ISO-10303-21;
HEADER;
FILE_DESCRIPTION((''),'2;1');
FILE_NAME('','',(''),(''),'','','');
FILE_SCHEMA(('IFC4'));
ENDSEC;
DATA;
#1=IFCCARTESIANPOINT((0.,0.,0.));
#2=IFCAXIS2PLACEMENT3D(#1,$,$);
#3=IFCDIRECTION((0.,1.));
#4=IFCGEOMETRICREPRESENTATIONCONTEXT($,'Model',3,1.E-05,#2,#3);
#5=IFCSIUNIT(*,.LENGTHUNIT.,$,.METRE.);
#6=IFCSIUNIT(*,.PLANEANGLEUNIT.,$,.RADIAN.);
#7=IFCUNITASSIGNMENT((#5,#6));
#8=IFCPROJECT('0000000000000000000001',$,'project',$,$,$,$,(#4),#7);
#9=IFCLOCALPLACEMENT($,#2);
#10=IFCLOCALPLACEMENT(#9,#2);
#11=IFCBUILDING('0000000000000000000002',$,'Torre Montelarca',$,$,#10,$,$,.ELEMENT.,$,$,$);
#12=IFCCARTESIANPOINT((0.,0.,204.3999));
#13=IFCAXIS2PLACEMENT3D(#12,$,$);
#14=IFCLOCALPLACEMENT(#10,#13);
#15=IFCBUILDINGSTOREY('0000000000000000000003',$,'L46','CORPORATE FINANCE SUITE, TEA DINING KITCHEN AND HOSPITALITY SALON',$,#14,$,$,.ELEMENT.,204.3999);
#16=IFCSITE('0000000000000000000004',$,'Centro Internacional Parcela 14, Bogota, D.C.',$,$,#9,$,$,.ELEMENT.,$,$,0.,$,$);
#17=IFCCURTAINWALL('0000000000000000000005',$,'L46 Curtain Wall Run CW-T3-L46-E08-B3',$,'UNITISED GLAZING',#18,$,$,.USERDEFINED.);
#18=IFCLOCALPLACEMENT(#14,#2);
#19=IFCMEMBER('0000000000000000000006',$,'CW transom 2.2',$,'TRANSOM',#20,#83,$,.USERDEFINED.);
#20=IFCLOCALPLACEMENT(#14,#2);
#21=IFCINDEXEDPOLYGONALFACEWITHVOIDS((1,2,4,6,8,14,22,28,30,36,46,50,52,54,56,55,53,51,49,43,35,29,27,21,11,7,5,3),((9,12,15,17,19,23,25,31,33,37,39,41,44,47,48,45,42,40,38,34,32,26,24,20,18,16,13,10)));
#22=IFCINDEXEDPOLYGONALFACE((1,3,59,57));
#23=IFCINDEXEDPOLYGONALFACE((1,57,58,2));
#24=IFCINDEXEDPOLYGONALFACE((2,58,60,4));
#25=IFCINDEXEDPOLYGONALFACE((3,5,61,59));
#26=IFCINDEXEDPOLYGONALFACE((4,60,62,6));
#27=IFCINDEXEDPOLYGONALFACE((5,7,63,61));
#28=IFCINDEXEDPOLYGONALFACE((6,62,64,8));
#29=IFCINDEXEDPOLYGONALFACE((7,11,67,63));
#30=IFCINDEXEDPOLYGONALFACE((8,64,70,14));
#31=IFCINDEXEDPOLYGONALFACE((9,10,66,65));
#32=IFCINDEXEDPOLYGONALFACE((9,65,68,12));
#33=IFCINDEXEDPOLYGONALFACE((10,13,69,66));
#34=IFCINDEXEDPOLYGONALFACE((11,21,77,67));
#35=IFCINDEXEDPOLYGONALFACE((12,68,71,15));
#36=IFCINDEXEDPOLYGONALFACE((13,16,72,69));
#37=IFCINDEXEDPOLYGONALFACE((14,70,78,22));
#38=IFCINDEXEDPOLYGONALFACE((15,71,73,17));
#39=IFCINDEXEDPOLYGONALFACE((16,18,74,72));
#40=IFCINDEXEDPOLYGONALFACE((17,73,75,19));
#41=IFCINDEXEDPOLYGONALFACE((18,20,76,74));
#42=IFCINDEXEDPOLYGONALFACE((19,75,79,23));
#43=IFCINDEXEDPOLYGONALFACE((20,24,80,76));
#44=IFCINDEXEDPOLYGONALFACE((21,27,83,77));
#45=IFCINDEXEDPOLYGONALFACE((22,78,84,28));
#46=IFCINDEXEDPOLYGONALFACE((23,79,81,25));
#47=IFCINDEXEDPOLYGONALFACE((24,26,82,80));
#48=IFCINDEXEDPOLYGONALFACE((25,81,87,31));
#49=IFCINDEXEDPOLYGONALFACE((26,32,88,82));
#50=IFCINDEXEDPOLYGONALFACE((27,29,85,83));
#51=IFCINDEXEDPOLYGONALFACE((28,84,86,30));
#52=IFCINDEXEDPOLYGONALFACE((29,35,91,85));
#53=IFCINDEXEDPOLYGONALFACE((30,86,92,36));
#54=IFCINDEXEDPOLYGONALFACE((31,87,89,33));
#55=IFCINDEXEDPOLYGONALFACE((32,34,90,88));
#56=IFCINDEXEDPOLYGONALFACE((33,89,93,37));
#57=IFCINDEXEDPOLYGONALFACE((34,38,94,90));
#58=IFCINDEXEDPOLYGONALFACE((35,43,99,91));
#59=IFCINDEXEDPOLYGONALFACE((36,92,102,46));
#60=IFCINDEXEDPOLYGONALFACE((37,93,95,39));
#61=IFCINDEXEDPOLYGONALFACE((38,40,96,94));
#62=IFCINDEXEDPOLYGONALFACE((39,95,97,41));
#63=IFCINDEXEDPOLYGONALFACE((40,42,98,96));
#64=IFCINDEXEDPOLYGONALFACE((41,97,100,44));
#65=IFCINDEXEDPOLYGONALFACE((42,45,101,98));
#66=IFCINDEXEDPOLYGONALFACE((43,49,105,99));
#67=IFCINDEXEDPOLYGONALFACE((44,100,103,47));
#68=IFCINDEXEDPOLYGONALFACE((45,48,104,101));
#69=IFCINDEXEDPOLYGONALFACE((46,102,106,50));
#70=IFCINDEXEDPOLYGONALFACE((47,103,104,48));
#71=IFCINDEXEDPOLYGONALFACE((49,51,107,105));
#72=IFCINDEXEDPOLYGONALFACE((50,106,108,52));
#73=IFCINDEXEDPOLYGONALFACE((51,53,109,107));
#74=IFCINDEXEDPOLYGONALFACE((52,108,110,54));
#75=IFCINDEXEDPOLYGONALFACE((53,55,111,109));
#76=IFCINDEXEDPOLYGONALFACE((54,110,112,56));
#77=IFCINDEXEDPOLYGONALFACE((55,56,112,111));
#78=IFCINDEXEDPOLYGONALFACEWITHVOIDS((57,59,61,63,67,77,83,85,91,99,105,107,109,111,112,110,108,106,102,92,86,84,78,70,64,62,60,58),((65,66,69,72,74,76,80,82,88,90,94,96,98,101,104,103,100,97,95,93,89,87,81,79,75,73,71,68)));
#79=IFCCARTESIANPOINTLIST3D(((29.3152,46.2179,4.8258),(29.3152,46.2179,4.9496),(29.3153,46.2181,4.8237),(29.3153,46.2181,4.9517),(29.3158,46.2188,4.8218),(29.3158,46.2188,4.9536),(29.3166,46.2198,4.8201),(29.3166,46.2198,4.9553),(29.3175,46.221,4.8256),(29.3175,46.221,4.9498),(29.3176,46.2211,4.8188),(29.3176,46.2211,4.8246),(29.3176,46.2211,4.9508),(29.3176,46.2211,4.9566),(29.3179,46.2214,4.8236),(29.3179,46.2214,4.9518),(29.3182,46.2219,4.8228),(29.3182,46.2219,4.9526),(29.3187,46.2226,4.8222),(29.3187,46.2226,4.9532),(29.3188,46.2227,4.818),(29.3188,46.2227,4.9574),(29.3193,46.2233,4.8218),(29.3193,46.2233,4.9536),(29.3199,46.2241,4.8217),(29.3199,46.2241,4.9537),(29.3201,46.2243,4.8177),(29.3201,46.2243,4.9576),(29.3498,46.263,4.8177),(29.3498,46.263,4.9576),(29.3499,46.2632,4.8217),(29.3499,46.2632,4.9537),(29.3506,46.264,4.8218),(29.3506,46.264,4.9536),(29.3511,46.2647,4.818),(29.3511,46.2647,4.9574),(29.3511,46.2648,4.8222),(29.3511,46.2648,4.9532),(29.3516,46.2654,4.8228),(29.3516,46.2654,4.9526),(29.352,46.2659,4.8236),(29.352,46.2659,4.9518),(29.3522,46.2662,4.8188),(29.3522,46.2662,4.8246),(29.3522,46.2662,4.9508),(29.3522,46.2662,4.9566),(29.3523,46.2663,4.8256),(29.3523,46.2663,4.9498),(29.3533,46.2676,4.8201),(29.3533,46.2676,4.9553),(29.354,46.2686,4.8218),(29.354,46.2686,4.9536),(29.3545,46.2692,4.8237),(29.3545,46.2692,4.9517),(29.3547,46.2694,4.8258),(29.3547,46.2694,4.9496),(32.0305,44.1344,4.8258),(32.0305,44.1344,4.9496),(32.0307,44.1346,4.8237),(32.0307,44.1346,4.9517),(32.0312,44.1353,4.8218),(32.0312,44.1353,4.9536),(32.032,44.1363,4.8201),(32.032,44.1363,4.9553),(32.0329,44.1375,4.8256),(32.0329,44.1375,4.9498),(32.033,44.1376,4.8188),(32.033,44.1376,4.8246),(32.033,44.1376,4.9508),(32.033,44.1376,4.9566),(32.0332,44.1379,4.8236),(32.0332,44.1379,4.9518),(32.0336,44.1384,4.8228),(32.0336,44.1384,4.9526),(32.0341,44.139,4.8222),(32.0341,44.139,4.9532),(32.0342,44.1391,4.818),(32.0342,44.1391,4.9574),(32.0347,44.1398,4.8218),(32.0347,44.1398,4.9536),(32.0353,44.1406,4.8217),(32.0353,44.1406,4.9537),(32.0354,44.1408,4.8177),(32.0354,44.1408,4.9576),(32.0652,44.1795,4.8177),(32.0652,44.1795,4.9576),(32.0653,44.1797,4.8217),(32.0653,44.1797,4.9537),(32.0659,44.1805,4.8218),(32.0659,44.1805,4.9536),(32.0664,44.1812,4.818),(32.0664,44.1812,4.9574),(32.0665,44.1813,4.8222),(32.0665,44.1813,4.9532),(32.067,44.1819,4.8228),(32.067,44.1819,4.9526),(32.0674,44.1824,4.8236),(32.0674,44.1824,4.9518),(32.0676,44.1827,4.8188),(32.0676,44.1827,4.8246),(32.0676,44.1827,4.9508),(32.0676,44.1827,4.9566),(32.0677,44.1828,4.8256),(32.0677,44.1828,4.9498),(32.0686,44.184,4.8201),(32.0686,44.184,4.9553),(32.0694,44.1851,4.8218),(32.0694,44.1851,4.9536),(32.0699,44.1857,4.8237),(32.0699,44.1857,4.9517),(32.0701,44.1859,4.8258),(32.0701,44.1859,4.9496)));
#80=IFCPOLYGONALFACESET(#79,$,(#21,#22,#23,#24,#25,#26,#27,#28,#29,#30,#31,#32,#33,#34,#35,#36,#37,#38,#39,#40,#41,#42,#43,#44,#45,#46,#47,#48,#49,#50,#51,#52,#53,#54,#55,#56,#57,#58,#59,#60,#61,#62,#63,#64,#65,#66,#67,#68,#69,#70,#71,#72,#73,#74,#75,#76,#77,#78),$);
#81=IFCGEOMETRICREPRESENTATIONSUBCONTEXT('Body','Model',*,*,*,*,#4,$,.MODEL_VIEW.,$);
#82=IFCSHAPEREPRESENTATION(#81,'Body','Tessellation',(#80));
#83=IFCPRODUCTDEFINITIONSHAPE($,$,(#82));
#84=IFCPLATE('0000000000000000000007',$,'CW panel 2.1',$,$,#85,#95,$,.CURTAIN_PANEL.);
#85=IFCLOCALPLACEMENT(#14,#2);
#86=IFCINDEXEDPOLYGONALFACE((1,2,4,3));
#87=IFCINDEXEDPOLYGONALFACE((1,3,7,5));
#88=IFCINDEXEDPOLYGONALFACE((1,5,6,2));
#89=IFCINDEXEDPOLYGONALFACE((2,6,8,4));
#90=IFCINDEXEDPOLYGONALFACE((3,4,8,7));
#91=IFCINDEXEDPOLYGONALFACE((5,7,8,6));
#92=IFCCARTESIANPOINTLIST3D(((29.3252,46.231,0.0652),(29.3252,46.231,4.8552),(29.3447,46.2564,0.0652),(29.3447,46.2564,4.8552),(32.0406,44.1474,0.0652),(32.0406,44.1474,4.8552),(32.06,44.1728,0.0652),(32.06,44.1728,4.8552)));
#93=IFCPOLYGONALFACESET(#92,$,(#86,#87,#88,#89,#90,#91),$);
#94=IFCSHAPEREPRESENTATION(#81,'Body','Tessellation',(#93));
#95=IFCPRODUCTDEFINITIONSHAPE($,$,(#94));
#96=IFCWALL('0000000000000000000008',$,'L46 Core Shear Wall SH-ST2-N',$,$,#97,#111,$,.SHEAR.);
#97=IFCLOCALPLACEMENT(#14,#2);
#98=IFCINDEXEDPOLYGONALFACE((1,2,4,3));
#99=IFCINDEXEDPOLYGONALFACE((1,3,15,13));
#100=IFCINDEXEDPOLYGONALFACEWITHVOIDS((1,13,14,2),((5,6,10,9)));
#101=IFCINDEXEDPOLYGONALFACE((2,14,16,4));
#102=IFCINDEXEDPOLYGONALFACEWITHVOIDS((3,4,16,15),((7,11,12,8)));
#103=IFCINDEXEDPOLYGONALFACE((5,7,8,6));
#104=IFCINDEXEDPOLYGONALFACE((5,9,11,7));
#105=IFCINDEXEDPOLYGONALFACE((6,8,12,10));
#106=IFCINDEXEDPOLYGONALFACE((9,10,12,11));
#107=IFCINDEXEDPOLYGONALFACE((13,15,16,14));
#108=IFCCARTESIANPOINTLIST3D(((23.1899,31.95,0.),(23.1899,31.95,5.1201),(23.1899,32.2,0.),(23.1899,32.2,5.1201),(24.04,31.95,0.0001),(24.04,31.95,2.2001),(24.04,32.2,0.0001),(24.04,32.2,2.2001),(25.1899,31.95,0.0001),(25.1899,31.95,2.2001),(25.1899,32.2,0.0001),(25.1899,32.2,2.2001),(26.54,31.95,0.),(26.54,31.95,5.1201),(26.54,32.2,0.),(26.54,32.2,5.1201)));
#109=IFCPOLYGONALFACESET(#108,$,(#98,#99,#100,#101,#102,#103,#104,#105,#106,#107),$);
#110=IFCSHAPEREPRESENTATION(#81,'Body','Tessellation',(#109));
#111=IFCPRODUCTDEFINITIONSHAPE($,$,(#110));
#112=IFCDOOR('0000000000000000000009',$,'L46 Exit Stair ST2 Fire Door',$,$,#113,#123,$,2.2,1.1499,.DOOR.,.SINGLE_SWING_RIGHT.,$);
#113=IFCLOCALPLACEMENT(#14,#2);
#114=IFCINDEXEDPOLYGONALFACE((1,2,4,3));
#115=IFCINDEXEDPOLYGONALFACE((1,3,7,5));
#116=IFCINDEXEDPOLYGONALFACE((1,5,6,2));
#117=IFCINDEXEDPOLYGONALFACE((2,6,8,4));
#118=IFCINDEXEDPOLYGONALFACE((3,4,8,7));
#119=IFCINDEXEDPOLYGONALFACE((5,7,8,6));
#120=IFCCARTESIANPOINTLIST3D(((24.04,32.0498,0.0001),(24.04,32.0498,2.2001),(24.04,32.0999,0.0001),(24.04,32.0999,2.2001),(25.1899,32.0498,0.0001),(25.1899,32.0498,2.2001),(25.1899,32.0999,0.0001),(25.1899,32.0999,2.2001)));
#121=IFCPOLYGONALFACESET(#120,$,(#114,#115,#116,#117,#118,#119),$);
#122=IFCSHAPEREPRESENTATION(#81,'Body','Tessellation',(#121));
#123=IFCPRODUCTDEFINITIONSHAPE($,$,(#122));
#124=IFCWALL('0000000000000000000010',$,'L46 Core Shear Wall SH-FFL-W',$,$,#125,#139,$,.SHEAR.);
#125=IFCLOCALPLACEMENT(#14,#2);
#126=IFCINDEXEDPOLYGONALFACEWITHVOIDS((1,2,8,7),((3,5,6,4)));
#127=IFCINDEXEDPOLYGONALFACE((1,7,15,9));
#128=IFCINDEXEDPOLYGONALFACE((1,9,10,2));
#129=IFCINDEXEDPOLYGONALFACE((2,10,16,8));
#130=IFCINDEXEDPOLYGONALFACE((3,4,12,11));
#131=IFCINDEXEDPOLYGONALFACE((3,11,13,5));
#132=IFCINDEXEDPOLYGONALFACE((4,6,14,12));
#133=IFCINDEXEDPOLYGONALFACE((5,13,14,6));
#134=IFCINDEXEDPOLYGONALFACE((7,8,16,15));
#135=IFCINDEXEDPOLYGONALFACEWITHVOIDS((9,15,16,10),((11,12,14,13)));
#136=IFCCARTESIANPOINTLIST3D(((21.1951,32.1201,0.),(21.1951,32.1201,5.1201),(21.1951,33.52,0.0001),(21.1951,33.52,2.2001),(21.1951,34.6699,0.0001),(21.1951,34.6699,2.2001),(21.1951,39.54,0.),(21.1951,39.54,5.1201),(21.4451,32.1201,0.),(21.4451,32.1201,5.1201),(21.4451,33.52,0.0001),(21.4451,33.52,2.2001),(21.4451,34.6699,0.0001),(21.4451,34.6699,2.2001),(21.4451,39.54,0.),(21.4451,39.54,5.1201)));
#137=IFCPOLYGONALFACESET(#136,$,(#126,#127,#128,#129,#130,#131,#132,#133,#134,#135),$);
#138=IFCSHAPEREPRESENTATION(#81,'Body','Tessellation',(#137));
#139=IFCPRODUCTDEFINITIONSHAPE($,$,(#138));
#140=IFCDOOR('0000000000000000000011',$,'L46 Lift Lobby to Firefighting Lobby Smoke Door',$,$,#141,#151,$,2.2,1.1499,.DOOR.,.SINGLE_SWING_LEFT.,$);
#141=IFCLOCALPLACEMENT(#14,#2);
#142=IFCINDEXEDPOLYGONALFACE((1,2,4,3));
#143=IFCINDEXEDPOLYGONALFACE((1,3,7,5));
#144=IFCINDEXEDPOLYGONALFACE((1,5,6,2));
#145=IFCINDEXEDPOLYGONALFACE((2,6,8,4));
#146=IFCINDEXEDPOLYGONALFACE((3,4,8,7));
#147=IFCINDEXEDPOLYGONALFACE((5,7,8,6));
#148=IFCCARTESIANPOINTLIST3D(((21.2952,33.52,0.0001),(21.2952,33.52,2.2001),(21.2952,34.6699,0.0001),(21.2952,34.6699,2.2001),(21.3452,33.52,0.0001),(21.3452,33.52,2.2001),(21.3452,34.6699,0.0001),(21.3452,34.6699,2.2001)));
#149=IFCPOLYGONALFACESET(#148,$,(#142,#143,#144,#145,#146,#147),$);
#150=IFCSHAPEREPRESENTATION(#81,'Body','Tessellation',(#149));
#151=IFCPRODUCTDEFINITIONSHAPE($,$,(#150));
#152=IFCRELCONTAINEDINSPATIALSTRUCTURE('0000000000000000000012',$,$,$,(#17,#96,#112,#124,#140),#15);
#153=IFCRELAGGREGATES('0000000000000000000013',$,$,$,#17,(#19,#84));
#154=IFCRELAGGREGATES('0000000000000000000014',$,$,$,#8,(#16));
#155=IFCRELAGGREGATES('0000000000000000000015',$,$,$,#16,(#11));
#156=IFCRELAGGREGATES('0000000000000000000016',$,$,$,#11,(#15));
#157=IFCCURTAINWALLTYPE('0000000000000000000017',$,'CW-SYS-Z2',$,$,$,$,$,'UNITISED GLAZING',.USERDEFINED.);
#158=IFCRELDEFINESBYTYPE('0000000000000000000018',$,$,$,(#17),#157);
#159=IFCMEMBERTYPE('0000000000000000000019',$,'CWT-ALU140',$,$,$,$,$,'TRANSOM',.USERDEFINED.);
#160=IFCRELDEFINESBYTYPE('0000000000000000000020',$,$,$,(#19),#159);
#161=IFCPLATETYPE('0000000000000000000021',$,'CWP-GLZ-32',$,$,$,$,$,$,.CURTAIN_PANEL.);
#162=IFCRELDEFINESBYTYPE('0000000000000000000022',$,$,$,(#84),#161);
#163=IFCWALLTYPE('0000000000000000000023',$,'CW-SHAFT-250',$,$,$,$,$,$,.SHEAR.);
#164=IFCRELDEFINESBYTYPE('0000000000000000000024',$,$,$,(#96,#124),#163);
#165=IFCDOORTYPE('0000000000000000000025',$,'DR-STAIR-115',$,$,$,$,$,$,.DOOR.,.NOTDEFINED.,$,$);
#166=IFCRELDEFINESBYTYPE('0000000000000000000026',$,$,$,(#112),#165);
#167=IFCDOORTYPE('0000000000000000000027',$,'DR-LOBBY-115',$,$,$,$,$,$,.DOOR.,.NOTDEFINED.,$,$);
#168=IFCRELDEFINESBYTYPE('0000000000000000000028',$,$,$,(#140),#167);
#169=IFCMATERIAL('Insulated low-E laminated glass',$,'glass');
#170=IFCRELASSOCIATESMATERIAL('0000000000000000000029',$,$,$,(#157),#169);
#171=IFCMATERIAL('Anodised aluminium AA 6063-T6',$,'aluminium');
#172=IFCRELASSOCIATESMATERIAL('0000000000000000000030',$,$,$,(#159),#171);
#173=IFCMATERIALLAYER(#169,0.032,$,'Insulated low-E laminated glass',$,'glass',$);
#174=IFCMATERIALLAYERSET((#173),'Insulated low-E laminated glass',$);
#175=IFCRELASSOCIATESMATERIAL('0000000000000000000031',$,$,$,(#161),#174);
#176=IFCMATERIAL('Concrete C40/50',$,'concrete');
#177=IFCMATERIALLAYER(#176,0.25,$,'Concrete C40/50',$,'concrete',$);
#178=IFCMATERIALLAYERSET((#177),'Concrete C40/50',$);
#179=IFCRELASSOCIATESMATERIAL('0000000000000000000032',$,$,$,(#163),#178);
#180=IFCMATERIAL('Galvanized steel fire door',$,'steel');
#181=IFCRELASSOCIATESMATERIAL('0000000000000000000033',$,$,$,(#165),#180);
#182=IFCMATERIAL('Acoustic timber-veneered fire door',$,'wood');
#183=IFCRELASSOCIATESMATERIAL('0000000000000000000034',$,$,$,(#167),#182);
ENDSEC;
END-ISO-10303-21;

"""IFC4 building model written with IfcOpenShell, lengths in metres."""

from ifc_helpers import new_model, si_unit, direction, frame, frame_2d, origin, origin_2d, place, context, subcontext, project, spatial, rectangle, hollow_rectangle, extrude, source, transform, mapped, material, layer, layer_set, material_profile, profile_set, type_object, element, fill, aggregate, save


model = new_model("IFC4")

# Units and contexts
model_context = context("Model", 3, precision=1e-05, world=origin(), true_north=direction((0.0, 1.0)))
body_context = subcontext(model_context, "Body", "Model", "MODEL_VIEW")
ifc_project = project(units=[si_unit("LENGTHUNIT", "METRE"), si_unit("PLANEANGLEUNIT", "RADIAN")], contexts=[model_context])

# Site, building, storey
site_placement = place(None, origin())
site = spatial("IfcSite", under=ifc_project, at=site_placement, Name="Centro Internacional Parcela 14, Bogota, D.C.", CompositionType="ELEMENT", RefElevation=0.0)
building_placement = place(site_placement, origin())
building = spatial("IfcBuilding", under=site, at=building_placement, Name="Torre Montelarca", CompositionType="ELEMENT")
storey_placement = place(building_placement, frame((0.0, 0.0, 204.3999)))
storey = spatial("IfcBuildingStorey", under=building, at=storey_placement, Name="L46", Description="CORPORATE FINANCE SUITE, TEA DINING KITCHEN AND HOSPITALITY SALON", CompositionType="ELEMENT", Elevation=204.3999)

# Curtain wall, member, plate
ifc_material_1 = material(Name="Insulated low-E laminated glass", Category="glass")
curtain_wall_type = type_object("IfcCurtainWallType", Name="CW-SYS-Z2", ElementType="UNITISED GLAZING", PredefinedType="USERDEFINED", material=ifc_material_1)
curtain_wall_placement = place(storey_placement, origin())
curtain_wall = element("IfcCurtainWall", 1, at=curtain_wall_placement, inside=storey, type_object=curtain_wall_type, Name="L46 Curtain Wall Run CW-T3-L46-E08-B3", ObjectType="UNITISED GLAZING", PredefinedType="USERDEFINED")
ifc_material_2 = material(Name="Anodised aluminium AA 6063-T6", Category="aluminium")
ifc_material_profile_1 = material_profile(ifc_material_2, hollow_rectangle(XDim=0.0649, YDim=0.1399, WallThickness=0.0039, InnerFilletRadius=0.0039, OuterFilletRadius=0.0081, at=origin_2d()), Name="ALU65X140X4", Category="aluminium")
ifc_profile_set_1 = profile_set([ifc_material_profile_1], Name="Anodised aluminium AA 6063-T6")
member_type_1 = type_object("IfcMemberType", Name="CWT-ALU140", ElementType="TRANSOM", PredefinedType="USERDEFINED", material=ifc_profile_set_1)
shared_shape_1 = source(origin(), body_context, "Body", "SweptSolid", [
    extrude(hollow_rectangle(XDim=0.0649, YDim=0.1399, WallThickness=0.0039, InnerFilletRadius=0.0039, OuterFilletRadius=0.0081, at=origin_2d()), origin(), (0.0, 0.0, 1.0), 3.4226),
])
member_1_placement = place(storey_placement, frame((32.0503, 44.1602, 4.8877), z_axis=(-0.793361, 0.608752, 0.0), x_axis=(-0.608752, -0.793361, 0.0)))
member_1 = element("IfcMember", 2, at=member_1_placement, type_object=member_type_1, Name="CW transom 2.2", ObjectType="TRANSOM", PredefinedType="USERDEFINED", context=body_context, shape_type="MappedRepresentation", body=[
    mapped(shared_shape_1, transform((0.0, 0.0, 0.0), scale=1.0)),
])
ifc_layer_1 = layer(ifc_material_1, 0.032, Name="Insulated low-E laminated glass", Category="glass")
ifc_layer_set_1 = layer_set([ifc_layer_1], Name="Insulated low-E laminated glass")
plate_type = type_object("IfcPlateType", Name="CWP-GLZ-32", PredefinedType="CURTAIN_PANEL", material=ifc_layer_set_1)
shared_shape_2 = source(origin(), body_context, "Body", "SweptSolid", [
    extrude(rectangle(XDim=3.4226, YDim=0.032, at=origin_2d()), origin(), (0.0, 0.0, 1.0), 4.79),
])
plate_placement = place(storey_placement, frame((30.6926, 45.2019, 0.0652), z_axis=(0.0, 0.0, 1.0), x_axis=(-0.793357, 0.608757, 0.0)))
plate = element("IfcPlate", 3, at=plate_placement, type_object=plate_type, Name="CW panel 2.1", PredefinedType="CURTAIN_PANEL", context=body_context, shape_type="MappedRepresentation", body=[
    mapped(shared_shape_2, transform((0.0, 0.0, 0.0), scale=1.0)),
])
aggregate(curtain_wall, [member_1, plate])

# Walls, openings, doors
ifc_material_3 = material(Name="Concrete C40/50", Category="concrete")
ifc_layer_2 = layer(ifc_material_3, 0.25, Name="Concrete C40/50", Category="concrete")
ifc_layer_set_2 = layer_set([ifc_layer_2], Name="Concrete C40/50")
wall_type_1 = type_object("IfcWallType", Name="CW-SHAFT-250", PredefinedType="SHEAR", material=ifc_layer_set_2)
wall_1_placement = place(storey_placement, frame((23.1899, 32.075, 0.0), z_axis=(0.0, 0.0, 1.0), x_axis=(1.0, 0.0, 0.0)))
wall_1 = element("IfcWall", 4, at=wall_1_placement, inside=storey, type_object=wall_type_1, Name="L46 Core Shear Wall SH-ST2-N", PredefinedType="SHEAR", context=body_context, shape_type="SweptSolid", body=[
    extrude(rectangle(XDim=3.3501, YDim=0.25, at=frame_2d((1.675, 0.0))), origin(), (0.0, 0.0, 1.0), 5.1201),
])
opening_1_placement = place(wall_1_placement, frame((0.8501, 0.0, 0.0)))
opening_1 = element("IfcOpeningElement", 5, at=opening_1_placement, cuts=wall_1, PredefinedType="OPENING", context=body_context, shape_type="SweptSolid", body=[
    extrude(rectangle(XDim=1.1499, YDim=2.2, at=frame_2d((0.575, 1.1001))), frame((0.0, 0.135, 0.0), z_axis=(0.0, -1.0, 0.0), x_axis=(1.0, 0.0, 0.0)), (0.0, 0.0, 1.0), 0.27),
])
ifc_material_4 = material(Name="Galvanized steel fire door", Category="steel")
door_type_1 = type_object("IfcDoorType", Name="DR-STAIR-115", OperationType="NOTDEFINED", PredefinedType="DOOR", material=ifc_material_4)
shared_shape_3 = source(origin(), body_context, "Body", "SweptSolid", [
    extrude(rectangle(XDim=1.1499, YDim=2.2, at=frame_2d((0.575, 1.1001))), frame((0.0, 0.0249, 0.0), z_axis=(0.0, -1.0, 0.0), x_axis=(1.0, 0.0, 0.0)), (0.0, 0.0, 1.0), 0.05),
])
door_1_placement = place(opening_1_placement, origin())
door_1 = element("IfcDoor", 6, at=door_1_placement, inside=storey, type_object=door_type_1, Name="L46 Exit Stair ST2 Fire Door", OperationType="SINGLE_SWING_RIGHT", OverallHeight=2.2, OverallWidth=1.1499, PredefinedType="DOOR", context=body_context, shape_type="MappedRepresentation", body=[
    mapped(shared_shape_3, transform((0.0, 0.0, 0.0), scale=1.0)),
])
fill(opening_1, door_1)
wall_2_placement = place(storey_placement, frame((21.3201, 32.1201, 0.0), z_axis=(0.0, 0.0, 1.0), x_axis=(0.0, 1.0, 0.0)))
wall_2 = element("IfcWall", 7, at=wall_2_placement, inside=storey, type_object=wall_type_1, Name="L46 Core Shear Wall SH-FFL-W", PredefinedType="SHEAR", context=body_context, shape_type="SweptSolid", body=[
    extrude(rectangle(XDim=7.4199, YDim=0.25, at=frame_2d((3.71, 0.0))), origin(), (0.0, 0.0, 1.0), 5.1201),
])
opening_2_placement = place(wall_2_placement, frame((1.3999, 0.0, 0.0)))
opening_2 = element("IfcOpeningElement", 8, at=opening_2_placement, cuts=wall_2, PredefinedType="OPENING", context=body_context, shape_type="SweptSolid", body=[
    extrude(rectangle(XDim=1.1499, YDim=2.2, at=frame_2d((0.575, 1.1001))), frame((0.0, 0.135, 0.0), z_axis=(0.0, -1.0, 0.0), x_axis=(1.0, 0.0, 0.0)), (0.0, 0.0, 1.0), 0.27),
])
ifc_material_5 = material(Name="Acoustic timber-veneered fire door", Category="wood")
door_type_2 = type_object("IfcDoorType", Name="DR-LOBBY-115", OperationType="NOTDEFINED", PredefinedType="DOOR", material=ifc_material_5)
shared_shape_4 = source(origin(), body_context, "Body", "SweptSolid", [
    extrude(rectangle(XDim=1.1499, YDim=2.2, at=frame_2d((0.575, 1.1001))), frame((0.0, 0.0249, 0.0), z_axis=(0.0, -1.0, 0.0), x_axis=(1.0, 0.0, 0.0)), (0.0, 0.0, 1.0), 0.05),
])
door_2_placement = place(opening_2_placement, origin())
door_2 = element("IfcDoor", 9, at=door_2_placement, inside=storey, type_object=door_type_2, Name="L46 Lift Lobby to Firefighting Lobby Smoke Door", OperationType="SINGLE_SWING_LEFT", OverallHeight=2.2, OverallWidth=1.1499, PredefinedType="DOOR", context=body_context, shape_type="MappedRepresentation", body=[
    mapped(shared_shape_4, transform((0.0, 0.0, 0.0), scale=1.0)),
])
fill(opening_2, door_2)

save(model, "model.ifc")
